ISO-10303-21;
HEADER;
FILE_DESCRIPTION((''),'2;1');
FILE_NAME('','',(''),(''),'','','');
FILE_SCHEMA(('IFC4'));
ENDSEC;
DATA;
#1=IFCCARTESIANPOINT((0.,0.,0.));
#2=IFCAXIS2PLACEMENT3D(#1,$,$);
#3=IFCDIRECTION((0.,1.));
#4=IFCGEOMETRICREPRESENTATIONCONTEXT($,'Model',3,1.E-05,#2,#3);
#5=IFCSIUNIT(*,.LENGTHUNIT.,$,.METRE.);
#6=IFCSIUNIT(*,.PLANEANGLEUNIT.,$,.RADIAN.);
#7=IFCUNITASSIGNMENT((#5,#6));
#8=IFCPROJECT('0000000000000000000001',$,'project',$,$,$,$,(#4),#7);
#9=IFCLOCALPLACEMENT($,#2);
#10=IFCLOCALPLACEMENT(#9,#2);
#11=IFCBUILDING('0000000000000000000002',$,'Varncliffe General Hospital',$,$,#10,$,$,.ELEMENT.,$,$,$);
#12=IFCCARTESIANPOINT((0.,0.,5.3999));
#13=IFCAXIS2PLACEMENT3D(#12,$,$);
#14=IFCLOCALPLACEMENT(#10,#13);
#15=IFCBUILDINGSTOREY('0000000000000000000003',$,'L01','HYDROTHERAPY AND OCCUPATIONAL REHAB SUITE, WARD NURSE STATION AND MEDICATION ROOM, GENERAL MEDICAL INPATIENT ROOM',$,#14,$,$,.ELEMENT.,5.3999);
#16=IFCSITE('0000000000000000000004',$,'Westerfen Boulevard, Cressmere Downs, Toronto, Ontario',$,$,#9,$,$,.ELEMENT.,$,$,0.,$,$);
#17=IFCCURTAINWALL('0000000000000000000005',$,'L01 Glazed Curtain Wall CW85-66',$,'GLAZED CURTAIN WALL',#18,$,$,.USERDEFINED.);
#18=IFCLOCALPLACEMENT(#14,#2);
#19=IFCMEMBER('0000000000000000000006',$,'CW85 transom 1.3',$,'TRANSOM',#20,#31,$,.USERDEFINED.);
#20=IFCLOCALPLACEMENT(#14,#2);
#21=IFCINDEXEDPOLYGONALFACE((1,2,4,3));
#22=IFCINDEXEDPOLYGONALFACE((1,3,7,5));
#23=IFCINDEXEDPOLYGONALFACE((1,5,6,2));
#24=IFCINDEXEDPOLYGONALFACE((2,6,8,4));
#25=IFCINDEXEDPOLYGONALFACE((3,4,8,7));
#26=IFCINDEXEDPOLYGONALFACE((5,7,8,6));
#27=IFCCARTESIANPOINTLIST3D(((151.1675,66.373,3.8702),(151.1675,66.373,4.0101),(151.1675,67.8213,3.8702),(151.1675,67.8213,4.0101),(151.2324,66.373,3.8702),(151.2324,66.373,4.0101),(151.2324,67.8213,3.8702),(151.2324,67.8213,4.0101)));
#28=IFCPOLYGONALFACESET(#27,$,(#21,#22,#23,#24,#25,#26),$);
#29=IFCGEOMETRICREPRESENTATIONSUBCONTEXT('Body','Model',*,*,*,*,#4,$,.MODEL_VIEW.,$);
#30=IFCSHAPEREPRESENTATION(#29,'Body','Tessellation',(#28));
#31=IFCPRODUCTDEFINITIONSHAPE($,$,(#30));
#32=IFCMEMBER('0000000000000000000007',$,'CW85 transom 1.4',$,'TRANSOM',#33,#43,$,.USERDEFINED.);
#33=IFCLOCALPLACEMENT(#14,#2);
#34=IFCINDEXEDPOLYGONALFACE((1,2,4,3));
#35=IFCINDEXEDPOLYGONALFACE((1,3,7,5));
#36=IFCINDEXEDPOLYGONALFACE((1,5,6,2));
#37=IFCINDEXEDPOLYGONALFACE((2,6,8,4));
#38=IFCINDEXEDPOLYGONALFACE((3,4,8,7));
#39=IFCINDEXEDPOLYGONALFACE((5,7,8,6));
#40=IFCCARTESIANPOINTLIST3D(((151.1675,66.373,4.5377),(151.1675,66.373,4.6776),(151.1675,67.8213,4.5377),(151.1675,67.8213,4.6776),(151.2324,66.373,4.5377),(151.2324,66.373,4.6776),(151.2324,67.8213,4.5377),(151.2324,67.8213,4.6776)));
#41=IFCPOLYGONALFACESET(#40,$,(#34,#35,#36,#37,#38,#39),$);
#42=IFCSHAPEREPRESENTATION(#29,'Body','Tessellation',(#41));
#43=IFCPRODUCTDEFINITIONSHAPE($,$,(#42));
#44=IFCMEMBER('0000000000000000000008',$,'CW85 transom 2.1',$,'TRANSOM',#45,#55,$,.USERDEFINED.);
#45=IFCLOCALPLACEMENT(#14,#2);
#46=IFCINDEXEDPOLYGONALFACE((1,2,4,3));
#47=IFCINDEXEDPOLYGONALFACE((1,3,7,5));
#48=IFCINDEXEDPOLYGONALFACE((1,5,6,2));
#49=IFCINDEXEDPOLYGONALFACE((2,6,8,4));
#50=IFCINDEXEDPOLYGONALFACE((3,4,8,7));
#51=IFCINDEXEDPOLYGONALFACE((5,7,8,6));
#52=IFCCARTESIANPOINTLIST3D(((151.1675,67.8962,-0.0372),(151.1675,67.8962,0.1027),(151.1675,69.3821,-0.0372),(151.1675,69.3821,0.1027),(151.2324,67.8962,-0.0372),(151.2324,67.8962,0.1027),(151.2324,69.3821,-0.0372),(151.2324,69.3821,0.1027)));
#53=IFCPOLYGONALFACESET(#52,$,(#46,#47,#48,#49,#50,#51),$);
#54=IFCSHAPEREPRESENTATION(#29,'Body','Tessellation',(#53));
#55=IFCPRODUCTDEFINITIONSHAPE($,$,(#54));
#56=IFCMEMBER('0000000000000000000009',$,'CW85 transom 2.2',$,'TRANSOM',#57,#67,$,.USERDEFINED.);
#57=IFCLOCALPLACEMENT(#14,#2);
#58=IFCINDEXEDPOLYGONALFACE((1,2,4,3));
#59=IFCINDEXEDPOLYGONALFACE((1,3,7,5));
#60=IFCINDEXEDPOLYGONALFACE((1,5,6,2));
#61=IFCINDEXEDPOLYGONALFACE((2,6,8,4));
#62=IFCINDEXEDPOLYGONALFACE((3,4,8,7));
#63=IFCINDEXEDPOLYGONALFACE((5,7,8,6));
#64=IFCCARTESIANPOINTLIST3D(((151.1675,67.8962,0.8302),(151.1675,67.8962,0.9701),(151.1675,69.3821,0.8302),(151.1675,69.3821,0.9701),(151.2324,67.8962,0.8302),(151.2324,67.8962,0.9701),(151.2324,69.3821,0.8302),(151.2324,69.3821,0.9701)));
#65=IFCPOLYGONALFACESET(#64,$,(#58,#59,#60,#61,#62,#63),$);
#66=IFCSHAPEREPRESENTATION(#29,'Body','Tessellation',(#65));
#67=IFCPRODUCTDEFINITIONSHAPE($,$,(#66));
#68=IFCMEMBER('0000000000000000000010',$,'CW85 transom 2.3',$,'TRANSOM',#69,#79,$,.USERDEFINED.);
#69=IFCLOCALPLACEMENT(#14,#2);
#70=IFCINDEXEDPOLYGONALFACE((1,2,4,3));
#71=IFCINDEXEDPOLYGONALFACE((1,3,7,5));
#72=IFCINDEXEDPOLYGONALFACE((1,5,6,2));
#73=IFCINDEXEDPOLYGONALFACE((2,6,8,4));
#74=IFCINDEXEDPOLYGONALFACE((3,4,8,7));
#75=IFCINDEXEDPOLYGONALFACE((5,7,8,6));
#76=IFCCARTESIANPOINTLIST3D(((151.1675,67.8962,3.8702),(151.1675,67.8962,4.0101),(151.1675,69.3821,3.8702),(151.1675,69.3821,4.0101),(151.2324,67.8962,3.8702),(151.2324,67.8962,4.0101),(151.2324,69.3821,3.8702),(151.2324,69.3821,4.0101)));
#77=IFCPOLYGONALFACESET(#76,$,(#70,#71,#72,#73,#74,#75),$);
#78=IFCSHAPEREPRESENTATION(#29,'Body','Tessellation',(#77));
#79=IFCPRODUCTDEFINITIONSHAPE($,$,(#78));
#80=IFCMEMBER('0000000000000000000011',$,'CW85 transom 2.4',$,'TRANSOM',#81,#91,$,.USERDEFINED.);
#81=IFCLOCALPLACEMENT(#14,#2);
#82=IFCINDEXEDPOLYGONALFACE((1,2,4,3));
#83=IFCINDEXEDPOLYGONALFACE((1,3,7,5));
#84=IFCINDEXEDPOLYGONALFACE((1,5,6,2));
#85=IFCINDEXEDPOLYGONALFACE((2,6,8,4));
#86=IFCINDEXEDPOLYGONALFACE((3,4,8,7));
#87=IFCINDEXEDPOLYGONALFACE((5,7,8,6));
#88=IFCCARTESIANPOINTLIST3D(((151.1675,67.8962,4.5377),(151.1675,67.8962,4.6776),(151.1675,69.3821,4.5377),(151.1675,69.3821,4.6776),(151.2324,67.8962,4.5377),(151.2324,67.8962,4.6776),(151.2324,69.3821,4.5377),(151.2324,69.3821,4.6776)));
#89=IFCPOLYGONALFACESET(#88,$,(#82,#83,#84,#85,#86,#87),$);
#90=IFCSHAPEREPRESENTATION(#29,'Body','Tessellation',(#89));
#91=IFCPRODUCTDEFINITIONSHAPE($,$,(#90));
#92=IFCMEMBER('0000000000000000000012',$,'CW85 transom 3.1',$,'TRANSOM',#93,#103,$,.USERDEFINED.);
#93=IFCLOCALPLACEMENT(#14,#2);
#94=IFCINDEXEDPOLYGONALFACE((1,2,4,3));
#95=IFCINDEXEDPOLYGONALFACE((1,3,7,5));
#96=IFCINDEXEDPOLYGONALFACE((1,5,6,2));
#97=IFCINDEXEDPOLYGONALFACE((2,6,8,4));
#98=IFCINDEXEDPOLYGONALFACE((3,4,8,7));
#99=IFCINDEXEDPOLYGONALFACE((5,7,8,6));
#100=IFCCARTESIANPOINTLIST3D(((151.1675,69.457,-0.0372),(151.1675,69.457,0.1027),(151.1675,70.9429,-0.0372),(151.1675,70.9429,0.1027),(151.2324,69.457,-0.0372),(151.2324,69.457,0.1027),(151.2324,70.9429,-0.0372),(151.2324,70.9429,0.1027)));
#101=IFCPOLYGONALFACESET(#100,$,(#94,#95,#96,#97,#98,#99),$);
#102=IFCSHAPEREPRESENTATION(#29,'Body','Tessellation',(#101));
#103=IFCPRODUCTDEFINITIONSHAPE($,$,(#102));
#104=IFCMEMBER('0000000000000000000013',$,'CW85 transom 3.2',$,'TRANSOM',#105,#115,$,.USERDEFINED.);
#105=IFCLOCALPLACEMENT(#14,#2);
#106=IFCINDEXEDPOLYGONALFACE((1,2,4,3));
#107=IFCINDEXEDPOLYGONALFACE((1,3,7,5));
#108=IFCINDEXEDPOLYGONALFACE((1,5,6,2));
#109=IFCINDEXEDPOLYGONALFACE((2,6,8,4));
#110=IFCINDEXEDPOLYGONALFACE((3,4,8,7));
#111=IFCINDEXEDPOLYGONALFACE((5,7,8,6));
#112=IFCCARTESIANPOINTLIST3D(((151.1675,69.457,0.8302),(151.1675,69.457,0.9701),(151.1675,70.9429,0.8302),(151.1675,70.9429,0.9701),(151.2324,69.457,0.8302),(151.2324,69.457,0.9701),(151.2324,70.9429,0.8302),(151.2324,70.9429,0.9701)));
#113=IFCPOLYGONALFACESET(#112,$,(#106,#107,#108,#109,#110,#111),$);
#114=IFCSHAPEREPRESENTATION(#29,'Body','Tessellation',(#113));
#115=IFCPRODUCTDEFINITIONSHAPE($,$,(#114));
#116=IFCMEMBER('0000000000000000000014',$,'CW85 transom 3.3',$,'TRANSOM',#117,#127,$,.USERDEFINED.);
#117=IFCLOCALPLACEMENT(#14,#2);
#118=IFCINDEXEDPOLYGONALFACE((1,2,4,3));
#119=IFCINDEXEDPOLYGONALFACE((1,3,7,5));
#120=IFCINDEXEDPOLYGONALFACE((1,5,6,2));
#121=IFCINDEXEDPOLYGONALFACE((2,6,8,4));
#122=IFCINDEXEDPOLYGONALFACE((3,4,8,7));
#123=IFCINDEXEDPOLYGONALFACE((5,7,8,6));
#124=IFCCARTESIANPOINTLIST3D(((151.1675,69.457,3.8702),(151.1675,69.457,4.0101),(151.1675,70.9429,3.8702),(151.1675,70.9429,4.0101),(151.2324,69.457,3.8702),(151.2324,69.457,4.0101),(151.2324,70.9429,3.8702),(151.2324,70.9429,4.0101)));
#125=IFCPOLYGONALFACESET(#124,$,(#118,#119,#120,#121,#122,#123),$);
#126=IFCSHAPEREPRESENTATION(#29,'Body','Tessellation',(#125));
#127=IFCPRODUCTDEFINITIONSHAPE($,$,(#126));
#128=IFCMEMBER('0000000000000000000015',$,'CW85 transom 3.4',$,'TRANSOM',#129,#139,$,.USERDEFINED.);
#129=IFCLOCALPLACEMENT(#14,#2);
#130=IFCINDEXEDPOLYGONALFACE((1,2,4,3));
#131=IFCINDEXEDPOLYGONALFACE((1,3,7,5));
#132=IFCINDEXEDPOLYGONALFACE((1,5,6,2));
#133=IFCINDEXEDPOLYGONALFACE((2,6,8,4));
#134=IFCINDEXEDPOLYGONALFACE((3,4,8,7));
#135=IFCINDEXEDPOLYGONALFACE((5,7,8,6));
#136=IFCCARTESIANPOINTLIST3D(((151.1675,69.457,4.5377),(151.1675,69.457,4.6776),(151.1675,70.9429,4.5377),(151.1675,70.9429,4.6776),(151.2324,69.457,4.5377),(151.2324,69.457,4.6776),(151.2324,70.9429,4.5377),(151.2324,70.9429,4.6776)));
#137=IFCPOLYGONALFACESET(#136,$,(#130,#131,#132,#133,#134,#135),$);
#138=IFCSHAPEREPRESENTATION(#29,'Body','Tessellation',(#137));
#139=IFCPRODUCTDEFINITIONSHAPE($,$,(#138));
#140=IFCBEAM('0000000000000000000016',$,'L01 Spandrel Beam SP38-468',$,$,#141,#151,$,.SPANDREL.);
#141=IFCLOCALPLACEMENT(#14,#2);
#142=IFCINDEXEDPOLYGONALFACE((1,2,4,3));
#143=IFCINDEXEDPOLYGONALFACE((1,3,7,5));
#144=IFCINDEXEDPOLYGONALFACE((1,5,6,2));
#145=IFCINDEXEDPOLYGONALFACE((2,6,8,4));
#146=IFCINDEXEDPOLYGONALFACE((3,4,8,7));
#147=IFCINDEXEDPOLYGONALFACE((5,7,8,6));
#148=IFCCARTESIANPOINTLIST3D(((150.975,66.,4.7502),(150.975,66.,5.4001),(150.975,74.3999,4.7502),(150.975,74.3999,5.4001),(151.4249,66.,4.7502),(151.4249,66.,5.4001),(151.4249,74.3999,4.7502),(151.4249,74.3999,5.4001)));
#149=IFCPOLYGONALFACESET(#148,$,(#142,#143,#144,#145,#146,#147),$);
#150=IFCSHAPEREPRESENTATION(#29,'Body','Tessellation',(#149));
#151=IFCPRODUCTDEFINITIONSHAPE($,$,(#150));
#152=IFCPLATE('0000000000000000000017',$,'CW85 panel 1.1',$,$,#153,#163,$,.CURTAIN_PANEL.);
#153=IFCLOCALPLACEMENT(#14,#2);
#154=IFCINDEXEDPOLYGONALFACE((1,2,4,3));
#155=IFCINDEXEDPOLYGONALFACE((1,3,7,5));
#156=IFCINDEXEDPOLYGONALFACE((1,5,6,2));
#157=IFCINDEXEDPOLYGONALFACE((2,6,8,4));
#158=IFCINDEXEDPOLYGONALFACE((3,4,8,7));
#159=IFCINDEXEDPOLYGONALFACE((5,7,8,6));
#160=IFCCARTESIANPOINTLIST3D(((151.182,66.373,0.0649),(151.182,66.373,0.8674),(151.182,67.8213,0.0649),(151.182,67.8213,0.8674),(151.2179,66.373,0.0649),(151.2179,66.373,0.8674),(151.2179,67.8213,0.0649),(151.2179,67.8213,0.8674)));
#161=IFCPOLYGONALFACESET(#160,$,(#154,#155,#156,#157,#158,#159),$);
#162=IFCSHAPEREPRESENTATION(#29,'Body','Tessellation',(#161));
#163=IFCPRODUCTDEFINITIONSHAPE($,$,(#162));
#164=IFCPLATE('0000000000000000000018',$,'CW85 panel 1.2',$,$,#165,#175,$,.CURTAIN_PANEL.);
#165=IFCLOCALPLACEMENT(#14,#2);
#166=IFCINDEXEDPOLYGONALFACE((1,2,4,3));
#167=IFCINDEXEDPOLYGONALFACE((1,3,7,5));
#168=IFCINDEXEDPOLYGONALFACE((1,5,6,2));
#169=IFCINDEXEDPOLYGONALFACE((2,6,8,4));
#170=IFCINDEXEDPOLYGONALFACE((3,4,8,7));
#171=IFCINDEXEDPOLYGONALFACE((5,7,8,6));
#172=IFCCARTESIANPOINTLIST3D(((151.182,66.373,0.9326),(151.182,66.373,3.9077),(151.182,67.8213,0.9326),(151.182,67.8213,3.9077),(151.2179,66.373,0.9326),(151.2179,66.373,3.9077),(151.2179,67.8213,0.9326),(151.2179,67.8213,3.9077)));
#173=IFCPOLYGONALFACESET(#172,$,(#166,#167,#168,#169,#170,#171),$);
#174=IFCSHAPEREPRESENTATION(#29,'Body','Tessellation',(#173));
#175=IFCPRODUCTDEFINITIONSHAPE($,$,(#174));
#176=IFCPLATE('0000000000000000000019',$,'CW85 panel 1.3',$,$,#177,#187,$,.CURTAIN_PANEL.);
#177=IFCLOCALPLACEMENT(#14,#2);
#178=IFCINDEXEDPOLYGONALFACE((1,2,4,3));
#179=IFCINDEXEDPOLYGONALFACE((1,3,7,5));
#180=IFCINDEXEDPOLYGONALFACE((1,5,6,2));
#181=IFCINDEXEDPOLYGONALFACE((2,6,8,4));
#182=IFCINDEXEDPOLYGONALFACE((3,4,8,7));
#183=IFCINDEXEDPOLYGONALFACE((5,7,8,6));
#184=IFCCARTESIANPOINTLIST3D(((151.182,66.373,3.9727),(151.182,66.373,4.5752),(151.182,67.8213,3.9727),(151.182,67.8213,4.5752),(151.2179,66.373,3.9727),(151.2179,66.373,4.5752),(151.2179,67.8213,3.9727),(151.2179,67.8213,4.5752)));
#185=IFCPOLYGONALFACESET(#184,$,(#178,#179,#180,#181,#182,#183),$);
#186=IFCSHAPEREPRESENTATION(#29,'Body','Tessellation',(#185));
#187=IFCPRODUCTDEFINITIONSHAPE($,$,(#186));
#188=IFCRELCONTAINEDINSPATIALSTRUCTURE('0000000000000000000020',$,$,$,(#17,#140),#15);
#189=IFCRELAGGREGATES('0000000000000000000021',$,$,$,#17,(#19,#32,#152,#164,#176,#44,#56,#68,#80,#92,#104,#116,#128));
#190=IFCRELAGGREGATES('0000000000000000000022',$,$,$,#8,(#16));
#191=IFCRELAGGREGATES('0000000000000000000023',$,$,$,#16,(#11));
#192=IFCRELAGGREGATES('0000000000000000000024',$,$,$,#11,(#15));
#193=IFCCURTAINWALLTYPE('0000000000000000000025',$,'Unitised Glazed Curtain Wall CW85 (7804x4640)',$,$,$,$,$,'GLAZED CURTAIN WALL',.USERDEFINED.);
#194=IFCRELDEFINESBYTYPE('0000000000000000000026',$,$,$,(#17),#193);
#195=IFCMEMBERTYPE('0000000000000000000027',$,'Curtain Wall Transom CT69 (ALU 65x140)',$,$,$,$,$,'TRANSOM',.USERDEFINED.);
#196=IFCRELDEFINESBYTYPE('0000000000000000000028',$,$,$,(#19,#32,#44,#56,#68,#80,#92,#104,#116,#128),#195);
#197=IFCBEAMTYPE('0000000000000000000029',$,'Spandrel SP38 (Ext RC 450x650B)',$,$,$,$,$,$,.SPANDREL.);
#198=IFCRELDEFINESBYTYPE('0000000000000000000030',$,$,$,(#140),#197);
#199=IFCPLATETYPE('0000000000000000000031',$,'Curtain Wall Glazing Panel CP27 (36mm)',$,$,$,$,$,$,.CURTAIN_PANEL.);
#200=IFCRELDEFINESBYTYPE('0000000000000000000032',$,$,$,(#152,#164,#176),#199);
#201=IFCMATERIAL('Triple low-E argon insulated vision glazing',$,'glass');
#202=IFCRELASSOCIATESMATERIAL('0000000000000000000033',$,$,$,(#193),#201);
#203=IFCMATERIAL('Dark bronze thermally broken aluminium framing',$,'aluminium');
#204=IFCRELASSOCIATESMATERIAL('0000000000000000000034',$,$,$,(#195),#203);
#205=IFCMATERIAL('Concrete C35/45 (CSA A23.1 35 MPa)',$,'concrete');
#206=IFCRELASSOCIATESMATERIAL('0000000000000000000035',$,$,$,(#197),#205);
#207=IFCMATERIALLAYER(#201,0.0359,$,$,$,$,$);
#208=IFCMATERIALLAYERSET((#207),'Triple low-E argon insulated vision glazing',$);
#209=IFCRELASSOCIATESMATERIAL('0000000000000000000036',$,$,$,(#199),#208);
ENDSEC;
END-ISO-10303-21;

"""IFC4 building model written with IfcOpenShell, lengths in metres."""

from ifc_helpers import new_model, si_unit, direction, frame, origin, origin_2d, place, context, subcontext, project, spatial, rectangle, extrude, material, layer, layer_set, material_profile, profile_set, type_object, element, aggregate, save


model = new_model("IFC4")

# Units and contexts
model_context = context("Model", 3, precision=1e-05, world=origin(), true_north=direction((0.0, 1.0)))
body_context = subcontext(model_context, "Body", "Model", "MODEL_VIEW")
ifc_project = project(units=[si_unit("LENGTHUNIT", "METRE"), si_unit("PLANEANGLEUNIT", "RADIAN")], contexts=[model_context])

# Site, building, storey
site_placement = place(None, origin())
site = spatial("IfcSite", under=ifc_project, at=site_placement, Name="Westerfen Boulevard, Cressmere Downs, Toronto, Ontario", CompositionType="ELEMENT", RefElevation=0.0)
building_placement = place(site_placement, origin())
building = spatial("IfcBuilding", under=site, at=building_placement, Name="Varncliffe General Hospital", CompositionType="ELEMENT")
storey_placement = place(building_placement, frame((0.0, 0.0, 5.3999)))
storey = spatial("IfcBuildingStorey", under=building, at=storey_placement, Name="L01", Description="HYDROTHERAPY AND OCCUPATIONAL REHAB SUITE, WARD NURSE STATION AND MEDICATION ROOM, GENERAL MEDICAL INPATIENT ROOM", CompositionType="ELEMENT", Elevation=5.3999)

# Shared definitions
ifc_material_1 = material(Name="Concrete C35/45 (CSA A23.1 35 MPa)", Category="concrete")

# Curtain wall
ifc_material_2 = material(Name="Triple low-E argon insulated vision glazing", Category="glass")
ifc_material_3 = material(Name="Dark bronze thermally broken aluminium framing", Category="aluminium")
curtain_wall_type_1 = type_object("IfcCurtainWallType", Name="Unitised Glazed Curtain Wall CW85 (7804x4640)", ElementType="GLAZED CURTAIN WALL", PredefinedType="USERDEFINED", material=ifc_material_2)
curtain_wall_1_placement = place(storey_placement, origin())
curtain_wall_1 = element("IfcCurtainWall", 1, at=curtain_wall_1_placement, inside=storey, type_object=curtain_wall_type_1, Name="L01 Glazed Curtain Wall CW85-66", ObjectType="GLAZED CURTAIN WALL", PredefinedType="USERDEFINED")

# Members
ifc_material_profile_1 = material_profile(ifc_material_3, rectangle(XDim=0.0649, YDim=0.1399, at=origin_2d()), Name="ALU 65x140")
ifc_profile_set_1 = profile_set([ifc_material_profile_1], Name="Dark bronze thermally broken aluminium framing")
member_type_1 = type_object("IfcMemberType", Name="Curtain Wall Transom CT69 (ALU 65x140)", ElementType="TRANSOM", PredefinedType="USERDEFINED", material=ifc_profile_set_1)
member_1_placement = place(storey_placement, frame((151.2, 66.373, 3.9402), z_axis=(0.0, 1.0, 0.0), x_axis=(-1.0, 0.0, 0.0)))
member_1 = element("IfcMember", 2, at=member_1_placement, type_object=member_type_1, Name="CW85 transom 1.3", ObjectType="TRANSOM", PredefinedType="USERDEFINED", context=body_context, shape_type="SweptSolid", body=[
    extrude(rectangle(XDim=0.0649, YDim=0.1399, at=origin_2d()), origin(), (0.0, 0.0, 1.0), 1.4482),
])
member_2_placement = place(storey_placement, frame((151.2, 66.373, 4.6077), z_axis=(0.0, 1.0, 0.0), x_axis=(-1.0, 0.0, 0.0)))
member_2 = element("IfcMember", 3, at=member_2_placement, type_object=member_type_1, Name="CW85 transom 1.4", ObjectType="TRANSOM", PredefinedType="USERDEFINED", context=body_context, shape_type="SweptSolid", body=[
    extrude(rectangle(XDim=0.0649, YDim=0.1399, at=origin_2d()), origin(), (0.0, 0.0, 1.0), 1.4482),
])
member_3_placement = place(storey_placement, frame((151.2, 67.8962, 0.0327), z_axis=(0.0, 1.0, 0.0), x_axis=(-1.0, 0.0, 0.0)))
member_3 = element("IfcMember", 4, at=member_3_placement, type_object=member_type_1, Name="CW85 transom 2.1", ObjectType="TRANSOM", PredefinedType="USERDEFINED", context=body_context, shape_type="SweptSolid", body=[
    extrude(rectangle(XDim=0.0649, YDim=0.1399, at=origin_2d()), origin(), (0.0, 0.0, 1.0), 1.4858),
])
member_4_placement = place(storey_placement, frame((151.2, 67.8962, 0.9001), z_axis=(0.0, 1.0, 0.0), x_axis=(-1.0, 0.0, 0.0)))
member_4 = element("IfcMember", 5, at=member_4_placement, type_object=member_type_1, Name="CW85 transom 2.2", ObjectType="TRANSOM", PredefinedType="USERDEFINED", context=body_context, shape_type="SweptSolid", body=[
    extrude(rectangle(XDim=0.0649, YDim=0.1399, at=origin_2d()), origin(), (0.0, 0.0, 1.0), 1.4858),
])
member_5_placement = place(storey_placement, frame((151.2, 67.8962, 3.9402), z_axis=(0.0, 1.0, 0.0), x_axis=(-1.0, 0.0, 0.0)))
member_5 = element("IfcMember", 6, at=member_5_placement, type_object=member_type_1, Name="CW85 transom 2.3", ObjectType="TRANSOM", PredefinedType="USERDEFINED", context=body_context, shape_type="SweptSolid", body=[
    extrude(rectangle(XDim=0.0649, YDim=0.1399, at=origin_2d()), origin(), (0.0, 0.0, 1.0), 1.4858),
])
member_6_placement = place(storey_placement, frame((151.2, 67.8962, 4.6077), z_axis=(0.0, 1.0, 0.0), x_axis=(-1.0, 0.0, 0.0)))
member_6 = element("IfcMember", 7, at=member_6_placement, type_object=member_type_1, Name="CW85 transom 2.4", ObjectType="TRANSOM", PredefinedType="USERDEFINED", context=body_context, shape_type="SweptSolid", body=[
    extrude(rectangle(XDim=0.0649, YDim=0.1399, at=origin_2d()), origin(), (0.0, 0.0, 1.0), 1.4858),
])
member_7_placement = place(storey_placement, frame((151.2, 69.457, 0.0327), z_axis=(0.0, 1.0, 0.0), x_axis=(-1.0, 0.0, 0.0)))
member_7 = element("IfcMember", 8, at=member_7_placement, type_object=member_type_1, Name="CW85 transom 3.1", ObjectType="TRANSOM", PredefinedType="USERDEFINED", context=body_context, shape_type="SweptSolid", body=[
    extrude(rectangle(XDim=0.0649, YDim=0.1399, at=origin_2d()), origin(), (0.0, 0.0, 1.0), 1.4858),
])
member_8_placement = place(storey_placement, frame((151.2, 69.457, 0.9001), z_axis=(0.0, 1.0, 0.0), x_axis=(-1.0, 0.0, 0.0)))
member_8 = element("IfcMember", 9, at=member_8_placement, type_object=member_type_1, Name="CW85 transom 3.2", ObjectType="TRANSOM", PredefinedType="USERDEFINED", context=body_context, shape_type="SweptSolid", body=[
    extrude(rectangle(XDim=0.0649, YDim=0.1399, at=origin_2d()), origin(), (0.0, 0.0, 1.0), 1.4858),
])
member_9_placement = place(storey_placement, frame((151.2, 69.457, 3.9402), z_axis=(0.0, 1.0, 0.0), x_axis=(-1.0, 0.0, 0.0)))
member_9 = element("IfcMember", 10, at=member_9_placement, type_object=member_type_1, Name="CW85 transom 3.3", ObjectType="TRANSOM", PredefinedType="USERDEFINED", context=body_context, shape_type="SweptSolid", body=[
    extrude(rectangle(XDim=0.0649, YDim=0.1399, at=origin_2d()), origin(), (0.0, 0.0, 1.0), 1.4858),
])
member_10_placement = place(storey_placement, frame((151.2, 69.457, 4.6077), z_axis=(0.0, 1.0, 0.0), x_axis=(-1.0, 0.0, 0.0)))
member_10 = element("IfcMember", 11, at=member_10_placement, type_object=member_type_1, Name="CW85 transom 3.4", ObjectType="TRANSOM", PredefinedType="USERDEFINED", context=body_context, shape_type="SweptSolid", body=[
    extrude(rectangle(XDim=0.0649, YDim=0.1399, at=origin_2d()), origin(), (0.0, 0.0, 1.0), 1.4858),
])

# Beam
ifc_material_profile_2 = material_profile(ifc_material_1, rectangle(XDim=0.45, YDim=0.6499, at=origin_2d()), Name="RC 450x650")
ifc_profile_set_2 = profile_set([ifc_material_profile_2], Name="Concrete C35/45 (CSA A23.1 35 MPa)")
beam_type_1 = type_object("IfcBeamType", Name="Spandrel SP38 (Ext RC 450x650B)", PredefinedType="SPANDREL", material=ifc_profile_set_2)
beam_1_placement = place(storey_placement, frame((151.2, 66.0, 5.0752), z_axis=(0.0, 1.0, 0.0), x_axis=(-1.0, 0.0, 0.0)))
element("IfcBeam", 12, at=beam_1_placement, inside=storey, type_object=beam_type_1, Name="L01 Spandrel Beam SP38-468", PredefinedType="SPANDREL", context=body_context, shape_type="SweptSolid", body=[
    extrude(rectangle(XDim=0.45, YDim=0.6499, at=origin_2d()), origin(), (0.0, 0.0, 1.0), 8.3999),
])

# Plates
ifc_layer_1 = layer(ifc_material_2, 0.0359)
ifc_layer_set_1 = layer_set([ifc_layer_1], Name="Triple low-E argon insulated vision glazing")
plate_type_1 = type_object("IfcPlateType", Name="Curtain Wall Glazing Panel CP27 (36mm)", PredefinedType="CURTAIN_PANEL", material=ifc_layer_set_1)
plate_1_placement = place(storey_placement, frame((151.2, 67.0972, 0.0649), z_axis=(0.0, 0.0, 1.0), x_axis=(0.0, 1.0, 0.0)))
plate_1 = element("IfcPlate", 13, at=plate_1_placement, type_object=plate_type_1, Name="CW85 panel 1.1", PredefinedType="CURTAIN_PANEL", context=body_context, shape_type="SweptSolid", body=[
    extrude(rectangle(XDim=1.4482, YDim=0.0359, at=origin_2d()), origin(), (0.0, 0.0, 1.0), 0.8025),
])
plate_2_placement = place(storey_placement, frame((151.2, 67.0972, 0.9326), z_axis=(0.0, 0.0, 1.0), x_axis=(0.0, 1.0, 0.0)))
plate_2 = element("IfcPlate", 14, at=plate_2_placement, type_object=plate_type_1, Name="CW85 panel 1.2", PredefinedType="CURTAIN_PANEL", context=body_context, shape_type="SweptSolid", body=[
    extrude(rectangle(XDim=1.4482, YDim=0.0359, at=origin_2d()), origin(), (0.0, 0.0, 1.0), 2.9751),
])
plate_3_placement = place(storey_placement, frame((151.2, 67.0972, 3.9727), z_axis=(0.0, 0.0, 1.0), x_axis=(0.0, 1.0, 0.0)))
plate_3 = element("IfcPlate", 15, at=plate_3_placement, type_object=plate_type_1, Name="CW85 panel 1.3", PredefinedType="CURTAIN_PANEL", context=body_context, shape_type="SweptSolid", body=[
    extrude(rectangle(XDim=1.4482, YDim=0.0359, at=origin_2d()), origin(), (0.0, 0.0, 1.0), 0.6025),
])
aggregate(curtain_wall_1, [member_1, member_2, plate_1, plate_2, plate_3, member_3, member_4, member_5, member_6, member_7, member_8, member_9, member_10])

save(model, "model.ifc")
